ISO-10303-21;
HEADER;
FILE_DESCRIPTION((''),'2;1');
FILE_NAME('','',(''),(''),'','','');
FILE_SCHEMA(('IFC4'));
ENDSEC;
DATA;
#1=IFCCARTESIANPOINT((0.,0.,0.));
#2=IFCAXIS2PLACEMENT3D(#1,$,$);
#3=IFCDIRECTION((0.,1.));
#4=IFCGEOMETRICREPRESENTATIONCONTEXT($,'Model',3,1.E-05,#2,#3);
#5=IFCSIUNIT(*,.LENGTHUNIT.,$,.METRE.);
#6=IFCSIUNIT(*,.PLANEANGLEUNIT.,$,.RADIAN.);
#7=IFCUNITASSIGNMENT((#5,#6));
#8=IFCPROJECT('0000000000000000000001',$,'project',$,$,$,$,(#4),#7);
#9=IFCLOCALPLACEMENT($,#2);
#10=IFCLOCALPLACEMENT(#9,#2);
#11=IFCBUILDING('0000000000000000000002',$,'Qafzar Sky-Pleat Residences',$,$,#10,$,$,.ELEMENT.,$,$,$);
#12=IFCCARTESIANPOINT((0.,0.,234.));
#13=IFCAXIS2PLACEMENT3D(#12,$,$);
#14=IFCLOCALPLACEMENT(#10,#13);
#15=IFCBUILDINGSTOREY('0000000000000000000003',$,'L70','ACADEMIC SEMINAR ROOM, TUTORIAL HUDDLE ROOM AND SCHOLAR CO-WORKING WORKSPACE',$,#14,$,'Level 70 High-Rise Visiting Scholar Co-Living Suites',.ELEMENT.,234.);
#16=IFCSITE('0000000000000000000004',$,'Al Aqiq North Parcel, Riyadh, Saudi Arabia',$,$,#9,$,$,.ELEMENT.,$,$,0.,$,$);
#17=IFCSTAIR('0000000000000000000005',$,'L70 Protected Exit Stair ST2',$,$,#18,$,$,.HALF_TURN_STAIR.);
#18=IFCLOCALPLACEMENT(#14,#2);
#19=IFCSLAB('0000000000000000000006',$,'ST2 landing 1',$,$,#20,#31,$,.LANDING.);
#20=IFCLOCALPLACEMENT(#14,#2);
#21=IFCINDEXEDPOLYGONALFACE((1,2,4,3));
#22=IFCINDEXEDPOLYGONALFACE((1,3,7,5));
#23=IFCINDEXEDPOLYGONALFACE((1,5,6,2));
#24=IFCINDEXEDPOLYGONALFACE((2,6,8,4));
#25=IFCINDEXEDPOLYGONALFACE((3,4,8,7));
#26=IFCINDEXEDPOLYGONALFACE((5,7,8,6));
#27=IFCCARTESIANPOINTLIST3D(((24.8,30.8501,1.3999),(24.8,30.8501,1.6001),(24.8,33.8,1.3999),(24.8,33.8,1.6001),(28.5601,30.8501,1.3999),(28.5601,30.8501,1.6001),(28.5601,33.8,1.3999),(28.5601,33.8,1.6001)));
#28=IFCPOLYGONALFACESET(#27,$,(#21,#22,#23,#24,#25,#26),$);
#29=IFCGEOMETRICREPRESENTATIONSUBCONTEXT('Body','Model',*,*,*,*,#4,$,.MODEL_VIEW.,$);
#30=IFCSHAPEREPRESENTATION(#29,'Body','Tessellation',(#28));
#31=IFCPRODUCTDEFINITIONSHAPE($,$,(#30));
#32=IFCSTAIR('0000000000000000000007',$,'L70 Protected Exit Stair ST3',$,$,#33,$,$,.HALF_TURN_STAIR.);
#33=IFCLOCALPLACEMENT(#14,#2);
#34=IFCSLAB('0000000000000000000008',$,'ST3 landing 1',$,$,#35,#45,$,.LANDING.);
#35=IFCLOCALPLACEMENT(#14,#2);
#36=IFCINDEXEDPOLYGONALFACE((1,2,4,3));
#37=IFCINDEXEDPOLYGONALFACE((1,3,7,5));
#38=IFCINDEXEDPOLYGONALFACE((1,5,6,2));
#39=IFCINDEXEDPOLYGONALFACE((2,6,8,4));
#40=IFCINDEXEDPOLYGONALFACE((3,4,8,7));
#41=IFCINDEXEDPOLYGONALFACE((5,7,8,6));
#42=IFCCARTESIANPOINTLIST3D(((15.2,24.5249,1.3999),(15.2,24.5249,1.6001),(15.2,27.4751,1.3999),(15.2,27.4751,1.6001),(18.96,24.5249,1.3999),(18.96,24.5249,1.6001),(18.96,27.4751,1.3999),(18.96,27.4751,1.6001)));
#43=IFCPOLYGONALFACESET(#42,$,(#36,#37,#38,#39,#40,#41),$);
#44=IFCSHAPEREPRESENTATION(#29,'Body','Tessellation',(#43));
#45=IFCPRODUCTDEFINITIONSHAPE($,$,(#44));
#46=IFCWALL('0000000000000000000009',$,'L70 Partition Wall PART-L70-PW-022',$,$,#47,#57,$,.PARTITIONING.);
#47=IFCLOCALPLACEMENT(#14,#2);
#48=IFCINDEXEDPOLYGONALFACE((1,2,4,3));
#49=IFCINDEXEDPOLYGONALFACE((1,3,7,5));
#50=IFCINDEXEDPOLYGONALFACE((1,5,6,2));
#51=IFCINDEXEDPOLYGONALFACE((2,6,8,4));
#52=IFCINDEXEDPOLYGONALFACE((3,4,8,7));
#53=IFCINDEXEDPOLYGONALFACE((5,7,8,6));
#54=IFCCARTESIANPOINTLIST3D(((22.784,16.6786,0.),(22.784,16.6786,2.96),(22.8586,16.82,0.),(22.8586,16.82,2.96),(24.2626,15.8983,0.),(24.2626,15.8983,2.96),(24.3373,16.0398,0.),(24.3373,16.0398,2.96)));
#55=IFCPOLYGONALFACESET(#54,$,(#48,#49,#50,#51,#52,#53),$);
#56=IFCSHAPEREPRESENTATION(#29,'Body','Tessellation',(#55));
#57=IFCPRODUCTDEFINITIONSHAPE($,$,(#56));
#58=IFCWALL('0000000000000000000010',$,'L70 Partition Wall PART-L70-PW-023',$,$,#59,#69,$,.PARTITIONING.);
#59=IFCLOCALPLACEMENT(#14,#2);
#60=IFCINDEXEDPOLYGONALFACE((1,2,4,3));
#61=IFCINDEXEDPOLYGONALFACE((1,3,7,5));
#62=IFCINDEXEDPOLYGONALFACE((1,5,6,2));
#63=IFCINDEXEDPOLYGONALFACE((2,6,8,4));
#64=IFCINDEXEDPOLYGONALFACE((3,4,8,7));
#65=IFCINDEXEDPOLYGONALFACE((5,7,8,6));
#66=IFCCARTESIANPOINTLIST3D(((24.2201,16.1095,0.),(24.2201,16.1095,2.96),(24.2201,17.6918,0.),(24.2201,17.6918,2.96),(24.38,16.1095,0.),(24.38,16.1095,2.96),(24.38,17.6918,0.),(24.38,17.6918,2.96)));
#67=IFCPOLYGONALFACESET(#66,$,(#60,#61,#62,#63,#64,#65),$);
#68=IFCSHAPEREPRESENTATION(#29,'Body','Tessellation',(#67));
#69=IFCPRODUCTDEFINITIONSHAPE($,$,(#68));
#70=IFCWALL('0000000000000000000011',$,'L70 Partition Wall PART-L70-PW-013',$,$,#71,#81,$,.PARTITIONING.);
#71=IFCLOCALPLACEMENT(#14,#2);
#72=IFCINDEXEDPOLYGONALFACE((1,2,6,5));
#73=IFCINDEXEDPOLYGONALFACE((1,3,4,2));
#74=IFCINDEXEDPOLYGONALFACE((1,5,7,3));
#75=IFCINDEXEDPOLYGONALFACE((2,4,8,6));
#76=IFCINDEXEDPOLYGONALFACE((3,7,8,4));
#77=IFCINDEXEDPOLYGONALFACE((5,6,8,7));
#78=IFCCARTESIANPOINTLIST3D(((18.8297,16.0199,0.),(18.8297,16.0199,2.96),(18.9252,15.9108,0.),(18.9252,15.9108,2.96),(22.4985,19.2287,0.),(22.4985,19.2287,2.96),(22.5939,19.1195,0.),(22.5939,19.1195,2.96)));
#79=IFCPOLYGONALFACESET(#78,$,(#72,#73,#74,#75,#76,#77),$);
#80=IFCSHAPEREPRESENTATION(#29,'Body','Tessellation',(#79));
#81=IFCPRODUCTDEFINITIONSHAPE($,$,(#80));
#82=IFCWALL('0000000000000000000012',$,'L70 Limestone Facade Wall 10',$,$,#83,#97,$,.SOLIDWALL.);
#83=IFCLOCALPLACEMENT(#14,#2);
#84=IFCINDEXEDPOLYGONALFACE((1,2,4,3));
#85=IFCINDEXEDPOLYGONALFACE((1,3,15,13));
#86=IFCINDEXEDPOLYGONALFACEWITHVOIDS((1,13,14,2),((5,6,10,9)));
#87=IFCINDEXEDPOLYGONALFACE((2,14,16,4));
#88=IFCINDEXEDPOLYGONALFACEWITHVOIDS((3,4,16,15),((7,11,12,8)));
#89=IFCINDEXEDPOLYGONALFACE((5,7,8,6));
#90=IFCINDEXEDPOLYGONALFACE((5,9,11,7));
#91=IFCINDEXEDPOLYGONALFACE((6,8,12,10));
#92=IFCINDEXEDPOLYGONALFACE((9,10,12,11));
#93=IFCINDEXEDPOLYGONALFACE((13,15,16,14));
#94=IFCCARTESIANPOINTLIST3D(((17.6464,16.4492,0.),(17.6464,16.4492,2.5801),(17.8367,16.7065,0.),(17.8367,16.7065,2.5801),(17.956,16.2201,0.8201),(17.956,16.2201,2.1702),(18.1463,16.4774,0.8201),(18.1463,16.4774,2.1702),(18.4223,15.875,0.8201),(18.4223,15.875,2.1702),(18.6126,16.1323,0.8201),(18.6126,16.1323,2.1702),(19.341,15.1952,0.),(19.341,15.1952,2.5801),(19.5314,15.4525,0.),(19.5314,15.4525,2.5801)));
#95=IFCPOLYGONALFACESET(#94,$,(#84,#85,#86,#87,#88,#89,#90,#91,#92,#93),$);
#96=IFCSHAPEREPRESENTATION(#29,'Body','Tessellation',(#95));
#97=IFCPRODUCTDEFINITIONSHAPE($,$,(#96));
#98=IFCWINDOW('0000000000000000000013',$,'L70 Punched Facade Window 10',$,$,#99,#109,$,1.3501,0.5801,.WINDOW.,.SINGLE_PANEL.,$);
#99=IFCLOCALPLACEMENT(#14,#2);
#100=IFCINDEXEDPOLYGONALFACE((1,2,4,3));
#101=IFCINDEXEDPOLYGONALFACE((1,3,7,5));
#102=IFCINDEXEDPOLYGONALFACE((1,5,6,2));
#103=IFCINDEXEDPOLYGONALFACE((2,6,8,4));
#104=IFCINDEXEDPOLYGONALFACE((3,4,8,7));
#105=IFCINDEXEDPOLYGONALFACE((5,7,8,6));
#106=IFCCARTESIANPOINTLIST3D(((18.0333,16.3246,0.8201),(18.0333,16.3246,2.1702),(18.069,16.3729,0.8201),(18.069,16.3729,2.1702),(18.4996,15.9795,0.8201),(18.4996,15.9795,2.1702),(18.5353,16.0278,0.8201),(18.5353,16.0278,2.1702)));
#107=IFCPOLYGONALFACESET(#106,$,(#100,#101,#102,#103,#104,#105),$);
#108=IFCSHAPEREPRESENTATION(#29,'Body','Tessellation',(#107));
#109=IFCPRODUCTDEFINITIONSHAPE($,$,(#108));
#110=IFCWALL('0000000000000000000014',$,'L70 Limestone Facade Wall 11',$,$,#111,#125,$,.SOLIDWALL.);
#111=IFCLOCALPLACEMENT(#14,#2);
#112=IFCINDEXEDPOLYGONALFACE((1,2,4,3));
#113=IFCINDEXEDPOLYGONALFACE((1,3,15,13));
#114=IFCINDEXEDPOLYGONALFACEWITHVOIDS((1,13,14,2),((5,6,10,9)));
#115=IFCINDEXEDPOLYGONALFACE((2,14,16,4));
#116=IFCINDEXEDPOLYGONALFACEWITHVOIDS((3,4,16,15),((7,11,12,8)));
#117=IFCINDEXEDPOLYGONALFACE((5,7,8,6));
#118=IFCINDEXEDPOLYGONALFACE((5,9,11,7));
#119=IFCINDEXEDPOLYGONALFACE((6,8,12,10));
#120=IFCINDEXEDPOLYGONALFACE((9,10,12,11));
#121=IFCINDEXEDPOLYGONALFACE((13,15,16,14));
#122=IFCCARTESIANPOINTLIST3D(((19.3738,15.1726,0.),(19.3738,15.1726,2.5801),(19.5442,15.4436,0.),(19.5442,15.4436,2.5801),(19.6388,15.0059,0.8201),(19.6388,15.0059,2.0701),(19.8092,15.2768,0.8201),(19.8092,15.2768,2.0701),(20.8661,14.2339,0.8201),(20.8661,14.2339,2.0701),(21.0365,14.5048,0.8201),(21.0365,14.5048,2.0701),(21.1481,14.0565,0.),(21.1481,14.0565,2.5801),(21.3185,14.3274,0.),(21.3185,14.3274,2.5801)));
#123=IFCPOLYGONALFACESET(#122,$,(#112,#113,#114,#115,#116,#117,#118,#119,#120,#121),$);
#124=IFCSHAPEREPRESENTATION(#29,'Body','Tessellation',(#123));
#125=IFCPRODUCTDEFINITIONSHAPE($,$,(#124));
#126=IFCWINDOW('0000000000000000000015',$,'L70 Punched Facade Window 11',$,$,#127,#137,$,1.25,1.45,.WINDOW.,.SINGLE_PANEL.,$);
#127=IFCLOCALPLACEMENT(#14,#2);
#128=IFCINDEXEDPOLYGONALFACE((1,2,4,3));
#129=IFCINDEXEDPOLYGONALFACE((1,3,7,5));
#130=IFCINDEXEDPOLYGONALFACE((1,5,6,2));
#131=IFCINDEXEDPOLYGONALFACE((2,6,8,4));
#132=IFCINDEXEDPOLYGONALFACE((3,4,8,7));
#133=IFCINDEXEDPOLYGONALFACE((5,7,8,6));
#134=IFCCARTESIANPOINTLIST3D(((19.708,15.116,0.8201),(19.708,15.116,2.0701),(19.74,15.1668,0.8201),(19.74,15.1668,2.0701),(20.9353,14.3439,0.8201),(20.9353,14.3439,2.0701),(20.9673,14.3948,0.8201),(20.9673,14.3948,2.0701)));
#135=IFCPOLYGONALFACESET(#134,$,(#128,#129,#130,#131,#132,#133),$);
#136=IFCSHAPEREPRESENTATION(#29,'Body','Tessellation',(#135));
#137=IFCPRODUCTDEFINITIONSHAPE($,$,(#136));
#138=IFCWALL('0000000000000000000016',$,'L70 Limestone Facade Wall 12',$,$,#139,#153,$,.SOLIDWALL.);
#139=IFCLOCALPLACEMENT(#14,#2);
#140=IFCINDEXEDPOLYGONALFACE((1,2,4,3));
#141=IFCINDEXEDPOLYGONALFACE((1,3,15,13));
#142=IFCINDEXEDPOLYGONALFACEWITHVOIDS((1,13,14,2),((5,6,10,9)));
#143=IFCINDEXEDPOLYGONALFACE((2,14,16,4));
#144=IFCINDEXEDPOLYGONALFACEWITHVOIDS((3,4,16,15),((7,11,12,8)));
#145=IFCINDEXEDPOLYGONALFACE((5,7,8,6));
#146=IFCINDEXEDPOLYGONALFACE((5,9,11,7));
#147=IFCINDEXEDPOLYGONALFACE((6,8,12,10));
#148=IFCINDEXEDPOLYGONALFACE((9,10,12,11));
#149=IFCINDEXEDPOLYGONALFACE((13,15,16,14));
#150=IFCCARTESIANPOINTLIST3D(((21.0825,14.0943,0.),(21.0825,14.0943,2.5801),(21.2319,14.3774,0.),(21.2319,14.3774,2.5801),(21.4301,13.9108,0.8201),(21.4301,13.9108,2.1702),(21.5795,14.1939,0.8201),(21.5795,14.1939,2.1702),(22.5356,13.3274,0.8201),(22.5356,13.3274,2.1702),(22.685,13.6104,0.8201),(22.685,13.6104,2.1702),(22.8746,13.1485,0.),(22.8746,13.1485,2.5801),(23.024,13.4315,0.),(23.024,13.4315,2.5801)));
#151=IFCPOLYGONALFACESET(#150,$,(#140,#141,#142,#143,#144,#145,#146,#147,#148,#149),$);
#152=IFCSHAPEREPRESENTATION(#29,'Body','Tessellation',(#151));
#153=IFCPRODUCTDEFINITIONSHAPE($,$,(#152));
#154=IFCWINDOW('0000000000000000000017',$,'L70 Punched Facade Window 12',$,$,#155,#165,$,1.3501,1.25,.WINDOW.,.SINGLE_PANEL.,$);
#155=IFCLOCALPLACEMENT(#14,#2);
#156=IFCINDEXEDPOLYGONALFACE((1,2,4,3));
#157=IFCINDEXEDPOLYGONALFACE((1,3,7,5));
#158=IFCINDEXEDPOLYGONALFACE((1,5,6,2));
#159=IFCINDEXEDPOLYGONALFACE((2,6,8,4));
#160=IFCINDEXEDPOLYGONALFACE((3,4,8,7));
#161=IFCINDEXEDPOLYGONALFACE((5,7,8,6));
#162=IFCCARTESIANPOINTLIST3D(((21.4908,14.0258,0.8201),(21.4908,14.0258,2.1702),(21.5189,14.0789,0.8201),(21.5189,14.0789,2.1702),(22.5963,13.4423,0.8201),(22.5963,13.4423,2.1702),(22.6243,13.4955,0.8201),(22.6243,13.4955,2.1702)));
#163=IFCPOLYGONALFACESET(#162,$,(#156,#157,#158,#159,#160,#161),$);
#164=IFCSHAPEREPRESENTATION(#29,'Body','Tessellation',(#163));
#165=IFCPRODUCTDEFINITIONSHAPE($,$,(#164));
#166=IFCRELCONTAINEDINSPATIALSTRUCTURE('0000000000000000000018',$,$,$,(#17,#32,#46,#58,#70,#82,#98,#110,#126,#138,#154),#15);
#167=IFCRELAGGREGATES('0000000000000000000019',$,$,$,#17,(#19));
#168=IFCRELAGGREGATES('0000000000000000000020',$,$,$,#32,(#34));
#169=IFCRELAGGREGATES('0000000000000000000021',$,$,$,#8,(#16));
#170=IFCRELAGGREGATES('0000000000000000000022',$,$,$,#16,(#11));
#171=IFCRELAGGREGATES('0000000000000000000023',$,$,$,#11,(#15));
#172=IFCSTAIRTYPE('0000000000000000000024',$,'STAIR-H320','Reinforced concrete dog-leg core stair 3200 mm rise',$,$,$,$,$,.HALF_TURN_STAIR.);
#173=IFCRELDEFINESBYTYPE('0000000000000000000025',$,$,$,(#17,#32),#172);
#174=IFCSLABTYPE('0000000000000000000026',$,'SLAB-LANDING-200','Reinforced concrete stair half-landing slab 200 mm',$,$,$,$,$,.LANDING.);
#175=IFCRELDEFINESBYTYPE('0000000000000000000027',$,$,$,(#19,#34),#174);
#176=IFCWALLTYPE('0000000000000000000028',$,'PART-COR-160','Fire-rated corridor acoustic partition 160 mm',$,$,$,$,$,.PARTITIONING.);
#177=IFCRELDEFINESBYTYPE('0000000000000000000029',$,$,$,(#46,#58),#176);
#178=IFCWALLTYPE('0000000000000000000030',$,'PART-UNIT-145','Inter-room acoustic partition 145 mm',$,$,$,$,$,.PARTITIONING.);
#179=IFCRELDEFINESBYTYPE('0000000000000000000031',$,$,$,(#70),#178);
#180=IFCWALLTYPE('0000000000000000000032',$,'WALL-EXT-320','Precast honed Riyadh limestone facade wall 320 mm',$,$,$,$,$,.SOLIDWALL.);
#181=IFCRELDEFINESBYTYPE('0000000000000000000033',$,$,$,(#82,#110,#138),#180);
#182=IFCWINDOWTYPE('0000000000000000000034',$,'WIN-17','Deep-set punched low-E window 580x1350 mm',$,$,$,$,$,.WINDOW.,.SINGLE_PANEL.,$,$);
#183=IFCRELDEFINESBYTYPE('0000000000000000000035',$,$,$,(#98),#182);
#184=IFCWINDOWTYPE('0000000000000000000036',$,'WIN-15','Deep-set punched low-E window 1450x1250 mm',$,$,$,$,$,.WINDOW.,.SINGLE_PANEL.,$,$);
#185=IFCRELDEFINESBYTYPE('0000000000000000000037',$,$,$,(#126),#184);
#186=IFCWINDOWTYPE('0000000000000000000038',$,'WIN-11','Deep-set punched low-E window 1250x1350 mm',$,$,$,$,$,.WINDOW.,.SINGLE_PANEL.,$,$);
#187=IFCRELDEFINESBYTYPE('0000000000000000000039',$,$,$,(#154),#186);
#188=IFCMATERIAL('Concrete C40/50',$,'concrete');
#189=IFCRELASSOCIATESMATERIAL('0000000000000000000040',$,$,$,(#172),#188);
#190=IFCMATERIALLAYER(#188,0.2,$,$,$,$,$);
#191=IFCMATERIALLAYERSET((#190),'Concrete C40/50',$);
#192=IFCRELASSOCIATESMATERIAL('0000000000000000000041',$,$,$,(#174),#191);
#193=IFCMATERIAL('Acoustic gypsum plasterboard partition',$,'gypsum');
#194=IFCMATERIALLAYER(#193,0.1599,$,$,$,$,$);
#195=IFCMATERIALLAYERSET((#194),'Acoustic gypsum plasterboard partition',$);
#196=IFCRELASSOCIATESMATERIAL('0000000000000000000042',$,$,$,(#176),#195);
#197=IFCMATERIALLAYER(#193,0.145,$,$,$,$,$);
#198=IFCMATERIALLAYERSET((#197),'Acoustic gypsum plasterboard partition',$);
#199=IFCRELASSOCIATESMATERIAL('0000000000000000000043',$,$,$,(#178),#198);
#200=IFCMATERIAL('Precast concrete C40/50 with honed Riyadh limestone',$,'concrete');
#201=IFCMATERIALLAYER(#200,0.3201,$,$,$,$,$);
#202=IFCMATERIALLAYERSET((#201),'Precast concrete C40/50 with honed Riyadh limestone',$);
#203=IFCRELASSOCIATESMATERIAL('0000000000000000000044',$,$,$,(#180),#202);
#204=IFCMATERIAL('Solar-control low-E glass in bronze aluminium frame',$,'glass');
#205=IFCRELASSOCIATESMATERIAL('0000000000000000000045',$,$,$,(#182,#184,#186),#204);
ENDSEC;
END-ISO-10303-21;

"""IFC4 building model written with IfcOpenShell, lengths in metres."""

from ifc_helpers import new_model, si_unit, direction, frame, frame_2d, origin, place, context, subcontext, project, spatial, polyline, rectangle, outline, extrude, source, transform, mapped, material, layer, layer_set, type_object, element, fill, aggregate, save


model = new_model("IFC4")

# Units and contexts
model_context = context("Model", 3, precision=1e-05, world=origin(), true_north=direction((0.0, 1.0)))
body_context = subcontext(model_context, "Body", "Model", "MODEL_VIEW")
ifc_project = project(units=[si_unit("LENGTHUNIT", "METRE"), si_unit("PLANEANGLEUNIT", "RADIAN")], contexts=[model_context])

# Site, building, storey
site_placement = place(None, origin())
site = spatial("IfcSite", under=ifc_project, at=site_placement, Name="Al Aqiq North Parcel, Riyadh, Saudi Arabia", CompositionType="ELEMENT", RefElevation=0.0)
building_placement = place(site_placement, origin())
building = spatial("IfcBuilding", under=site, at=building_placement, Name="Qafzar Sky-Pleat Residences", CompositionType="ELEMENT")
storey_placement = place(building_placement, frame((0.0, 0.0, 234.0)))
storey = spatial("IfcBuildingStorey", under=building, at=storey_placement, Name="L70", Description="ACADEMIC SEMINAR ROOM, TUTORIAL HUDDLE ROOM AND SCHOLAR CO-WORKING WORKSPACE", LongName="Level 70 High-Rise Visiting Scholar Co-Living Suites", CompositionType="ELEMENT", Elevation=234.0)

# Shared definitions
ifc_material_1 = material(Name="Concrete C40/50", Category="concrete")

# Stairs, slabs
stair_type = type_object("IfcStairType", Name="STAIR-H320", Description="Reinforced concrete dog-leg core stair 3200 mm rise", PredefinedType="HALF_TURN_STAIR", material=ifc_material_1)
ifc_layer_1 = layer(ifc_material_1, 0.2)
ifc_layer_set_1 = layer_set([ifc_layer_1], Name="Concrete C40/50")
slab_type_1 = type_object("IfcSlabType", Name="SLAB-LANDING-200", Description="Reinforced concrete stair half-landing slab 200 mm", PredefinedType="LANDING", material=ifc_layer_set_1)
stair_1_placement = place(storey_placement, origin())
stair_1 = element("IfcStair", 1, at=stair_1_placement, inside=storey, type_object=stair_type, Name="L70 Protected Exit Stair ST2", PredefinedType="HALF_TURN_STAIR")
slab_1_placement = place(storey_placement, frame((0.0, 0.0, 1.3999)))
slab_1 = element("IfcSlab", 2, at=slab_1_placement, type_object=slab_type_1, Name="ST2 landing 1", PredefinedType="LANDING", context=body_context, shape_type="SweptSolid", body=[
    extrude(outline(polyline([(28.5601, 33.8), (24.8, 33.8), (24.8, 30.8501), (28.5601, 30.8501), (28.5601, 33.8)])), origin(), (0.0, 0.0, 1.0), 0.2002),
])
aggregate(stair_1, [slab_1])
stair_2_placement = place(storey_placement, origin())
stair_2 = element("IfcStair", 3, at=stair_2_placement, inside=storey, type_object=stair_type, Name="L70 Protected Exit Stair ST3", PredefinedType="HALF_TURN_STAIR")
slab_2_placement = place(storey_placement, frame((0.0, 0.0, 1.3999)))
slab_2 = element("IfcSlab", 4, at=slab_2_placement, type_object=slab_type_1, Name="ST3 landing 1", PredefinedType="LANDING", context=body_context, shape_type="SweptSolid", body=[
    extrude(outline(polyline([(18.96, 27.4751), (15.2, 27.4751), (15.2, 24.5249), (18.96, 24.5249), (18.96, 27.4751)])), origin(), (0.0, 0.0, 1.0), 0.2002),
])
aggregate(stair_2, [slab_2])

# Walls
ifc_material_2 = material(Name="Acoustic gypsum plasterboard partition", Category="gypsum")
ifc_layer_2 = layer(ifc_material_2, 0.1599)
ifc_layer_set_2 = layer_set([ifc_layer_2], Name="Acoustic gypsum plasterboard partition")
wall_type_1 = type_object("IfcWallType", Name="PART-COR-160", Description="Fire-rated corridor acoustic partition 160 mm", PredefinedType="PARTITIONING", material=ifc_layer_set_2)
wall_1_placement = place(storey_placement, frame((22.8213, 16.7493, 0.0), z_axis=(0.0, 0.0, 1.0), x_axis=(0.88443, -0.466673, 0.0)))
element("IfcWall", 5, at=wall_1_placement, inside=storey, type_object=wall_type_1, Name="L70 Partition Wall PART-L70-PW-022", PredefinedType="PARTITIONING", context=body_context, shape_type="SweptSolid", body=[
    extrude(rectangle(XDim=1.6719, YDim=0.1599, at=frame_2d((0.8359, 0.0))), origin(), (0.0, 0.0, 1.0), 2.96),
])
wall_2_placement = place(storey_placement, frame((24.3, 16.1096, 0.0), z_axis=(0.0, 0.0, 1.0), x_axis=(0.0, 1.0, 0.0)))
element("IfcWall", 6, at=wall_2_placement, inside=storey, type_object=wall_type_1, Name="L70 Partition Wall PART-L70-PW-023", PredefinedType="PARTITIONING", context=body_context, shape_type="SweptSolid", body=[
    extrude(rectangle(XDim=1.5823, YDim=0.1599, at=frame_2d((0.791, 0.0))), origin(), (0.0, 0.0, 1.0), 2.96),
])
ifc_layer_3 = layer(ifc_material_2, 0.145)
ifc_layer_set_3 = layer_set([ifc_layer_3], Name="Acoustic gypsum plasterboard partition")
wall_type_2 = type_object("IfcWallType", Name="PART-UNIT-145", Description="Inter-room acoustic partition 145 mm", PredefinedType="PARTITIONING", material=ifc_layer_set_3)
wall_3_placement = place(storey_placement, frame((18.8774, 15.9653, 0.0), z_axis=(0.0, 0.0, 1.0), x_axis=(0.752716, 0.658345, 0.0)))
element("IfcWall", 7, at=wall_3_placement, inside=storey, type_object=wall_type_2, Name="L70 Partition Wall PART-L70-PW-013", PredefinedType="PARTITIONING", context=body_context, shape_type="SweptSolid", body=[
    extrude(rectangle(XDim=4.874, YDim=0.145, at=frame_2d((2.437, 0.0))), origin(), (0.0, 0.0, 1.0), 2.96),
])

# Walls, openings, windows
ifc_material_3 = material(Name="Precast concrete C40/50 with honed Riyadh limestone", Category="concrete")
ifc_layer_4 = layer(ifc_material_3, 0.3201)
ifc_layer_set_4 = layer_set([ifc_layer_4], Name="Precast concrete C40/50 with honed Riyadh limestone")
wall_type_3 = type_object("IfcWallType", Name="WALL-EXT-320", Description="Precast honed Riyadh limestone facade wall 320 mm", PredefinedType="SOLIDWALL", material=ifc_layer_set_4)
wall_4_placement = place(storey_placement, frame((17.7415, 16.5779, 0.0), z_axis=(0.0, 0.0, 1.0), x_axis=(0.803861, -0.594818, 0.0)))
wall_4 = element("IfcWall", 8, at=wall_4_placement, inside=storey, type_object=wall_type_3, Name="L70 Limestone Facade Wall 10", PredefinedType="SOLIDWALL", context=body_context, shape_type="SweptSolid", body=[
    extrude(rectangle(XDim=2.1082, YDim=0.3201, at=frame_2d((1.0542, 0.0))), origin(), (0.0, 0.0, 1.0), 2.5801),
])
opening_1_placement = place(wall_4_placement, frame((0.3853, 0.0, 0.8201)))
opening_1 = element("IfcOpeningElement", 9, at=opening_1_placement, cuts=wall_4, PredefinedType="OPENING", context=body_context, shape_type="SweptSolid", body=[
    extrude(rectangle(XDim=0.5801, YDim=1.3501, at=frame_2d((0.29, 0.675))), frame((0.0, 0.1699, 0.0), z_axis=(0.0, -1.0, 0.0), x_axis=(1.0, 0.0, 0.0)), (0.0, 0.0, 1.0), 0.3401),
])
ifc_material_4 = material(Name="Solar-control low-E glass in bronze aluminium frame", Category="glass")
window_type_1 = type_object("IfcWindowType", Name="WIN-17", Description="Deep-set punched low-E window 580x1350 mm", PartitioningType="SINGLE_PANEL", PredefinedType="WINDOW", material=ifc_material_4)
shared_shape_1 = source(origin(), body_context, "Body", "SweptSolid", [
    extrude(rectangle(XDim=0.5801, YDim=1.3501, at=frame_2d((0.29, 0.675))), frame((0.0, 0.03, 0.0), z_axis=(0.0, -1.0, 0.0), x_axis=(1.0, 0.0, 0.0)), (0.0, 0.0, 1.0), 0.0601),
])
window_1_placement = place(opening_1_placement, origin())
window_1 = element("IfcWindow", 10, at=window_1_placement, inside=storey, type_object=window_type_1, Name="L70 Punched Facade Window 10", OverallHeight=1.3501, OverallWidth=0.5801, PartitioningType="SINGLE_PANEL", PredefinedType="WINDOW", context=body_context, shape_type="MappedRepresentation", body=[
    mapped(shared_shape_1, transform((0.0, 0.0, 0.0), x_axis=(1.0, 0.0, 0.0), y_axis=(0.0, 1.0, 0.0), z_axis=(0.0, 0.0, 1.0), scale=1.0)),
])
fill(opening_1, window_1)
wall_5_placement = place(storey_placement, frame((19.459, 15.3081, 0.0), z_axis=(0.0, 0.0, 1.0), x_axis=(0.846451, -0.532467, 0.0)))
wall_5 = element("IfcWall", 11, at=wall_5_placement, inside=storey, type_object=wall_type_3, Name="L70 Limestone Facade Wall 11", PredefinedType="SOLIDWALL", context=body_context, shape_type="SweptSolid", body=[
    extrude(rectangle(XDim=2.0962, YDim=0.3201, at=frame_2d((1.0481, 0.0))), origin(), (0.0, 0.0, 1.0), 2.5801),
])
opening_2_placement = place(wall_5_placement, frame((0.313, 0.0, 0.8201)))
opening_2 = element("IfcOpeningElement", 12, at=opening_2_placement, cuts=wall_5, PredefinedType="OPENING", context=body_context, shape_type="SweptSolid", body=[
    extrude(rectangle(XDim=1.45, YDim=1.25, at=frame_2d((0.7251, 0.625))), frame((0.0, 0.1699, 0.0), z_axis=(0.0, -1.0, 0.0), x_axis=(1.0, 0.0, 0.0)), (0.0, 0.0, 1.0), 0.3401),
])
window_type_2 = type_object("IfcWindowType", Name="WIN-15", Description="Deep-set punched low-E window 1450x1250 mm", PartitioningType="SINGLE_PANEL", PredefinedType="WINDOW", material=ifc_material_4)
shared_shape_2 = source(origin(), body_context, "Body", "SweptSolid", [
    extrude(rectangle(XDim=1.45, YDim=1.25, at=frame_2d((0.7251, 0.625))), frame((0.0, 0.03, 0.0), z_axis=(0.0, -1.0, 0.0), x_axis=(1.0, 0.0, 0.0)), (0.0, 0.0, 1.0), 0.0601),
])
window_2_placement = place(opening_2_placement, origin())
window_2 = element("IfcWindow", 13, at=window_2_placement, inside=storey, type_object=window_type_2, Name="L70 Punched Facade Window 11", OverallHeight=1.25, OverallWidth=1.45, PartitioningType="SINGLE_PANEL", PredefinedType="WINDOW", context=body_context, shape_type="MappedRepresentation", body=[
    mapped(shared_shape_2, transform((0.0, 0.0, 0.0), x_axis=(1.0, 0.0, 0.0), y_axis=(0.0, 1.0, 0.0), z_axis=(0.0, 0.0, 1.0), scale=1.0)),
])
fill(opening_2, window_2)
wall_6_placement = place(storey_placement, frame((21.1572, 14.2358, 0.0), z_axis=(0.0, 0.0, 1.0), x_axis=(0.884379, -0.466769, 0.0)))
wall_6 = element("IfcWall", 14, at=wall_6_placement, inside=storey, type_object=wall_type_3, Name="L70 Limestone Facade Wall 12", PredefinedType="SOLIDWALL", context=body_context, shape_type="SweptSolid", body=[
    extrude(rectangle(XDim=2.0264, YDim=0.3201, at=frame_2d((1.0132, 0.0))), origin(), (0.0, 0.0, 1.0), 2.5801),
])
opening_3_placement = place(wall_6_placement, frame((0.3931, 0.0, 0.8201)))
opening_3 = element("IfcOpeningElement", 15, at=opening_3_placement, cuts=wall_6, PredefinedType="OPENING", context=body_context, shape_type="SweptSolid", body=[
    extrude(rectangle(XDim=1.25, YDim=1.3501, at=frame_2d((0.625, 0.675))), frame((0.0, 0.1699, 0.0), z_axis=(0.0, -1.0, 0.0), x_axis=(1.0, 0.0, 0.0)), (0.0, 0.0, 1.0), 0.3401),
])
window_type_3 = type_object("IfcWindowType", Name="WIN-11", Description="Deep-set punched low-E window 1250x1350 mm", PartitioningType="SINGLE_PANEL", PredefinedType="WINDOW", material=ifc_material_4)
shared_shape_3 = source(origin(), body_context, "Body", "SweptSolid", [
    extrude(rectangle(XDim=1.25, YDim=1.3501, at=frame_2d((0.625, 0.675))), frame((0.0, 0.03, 0.0), z_axis=(0.0, -1.0, 0.0), x_axis=(1.0, 0.0, 0.0)), (0.0, 0.0, 1.0), 0.0601),
])
window_3_placement = place(opening_3_placement, origin())
window_3 = element("IfcWindow", 16, at=window_3_placement, inside=storey, type_object=window_type_3, Name="L70 Punched Facade Window 12", OverallHeight=1.3501, OverallWidth=1.25, PartitioningType="SINGLE_PANEL", PredefinedType="WINDOW", context=body_context, shape_type="MappedRepresentation", body=[
    mapped(shared_shape_3, transform((0.0, 0.0, 0.0), x_axis=(1.0, 0.0, 0.0), y_axis=(0.0, 1.0, 0.0), z_axis=(0.0, 0.0, 1.0), scale=1.0)),
])
fill(opening_3, window_3)

save(model, "model.ifc")
